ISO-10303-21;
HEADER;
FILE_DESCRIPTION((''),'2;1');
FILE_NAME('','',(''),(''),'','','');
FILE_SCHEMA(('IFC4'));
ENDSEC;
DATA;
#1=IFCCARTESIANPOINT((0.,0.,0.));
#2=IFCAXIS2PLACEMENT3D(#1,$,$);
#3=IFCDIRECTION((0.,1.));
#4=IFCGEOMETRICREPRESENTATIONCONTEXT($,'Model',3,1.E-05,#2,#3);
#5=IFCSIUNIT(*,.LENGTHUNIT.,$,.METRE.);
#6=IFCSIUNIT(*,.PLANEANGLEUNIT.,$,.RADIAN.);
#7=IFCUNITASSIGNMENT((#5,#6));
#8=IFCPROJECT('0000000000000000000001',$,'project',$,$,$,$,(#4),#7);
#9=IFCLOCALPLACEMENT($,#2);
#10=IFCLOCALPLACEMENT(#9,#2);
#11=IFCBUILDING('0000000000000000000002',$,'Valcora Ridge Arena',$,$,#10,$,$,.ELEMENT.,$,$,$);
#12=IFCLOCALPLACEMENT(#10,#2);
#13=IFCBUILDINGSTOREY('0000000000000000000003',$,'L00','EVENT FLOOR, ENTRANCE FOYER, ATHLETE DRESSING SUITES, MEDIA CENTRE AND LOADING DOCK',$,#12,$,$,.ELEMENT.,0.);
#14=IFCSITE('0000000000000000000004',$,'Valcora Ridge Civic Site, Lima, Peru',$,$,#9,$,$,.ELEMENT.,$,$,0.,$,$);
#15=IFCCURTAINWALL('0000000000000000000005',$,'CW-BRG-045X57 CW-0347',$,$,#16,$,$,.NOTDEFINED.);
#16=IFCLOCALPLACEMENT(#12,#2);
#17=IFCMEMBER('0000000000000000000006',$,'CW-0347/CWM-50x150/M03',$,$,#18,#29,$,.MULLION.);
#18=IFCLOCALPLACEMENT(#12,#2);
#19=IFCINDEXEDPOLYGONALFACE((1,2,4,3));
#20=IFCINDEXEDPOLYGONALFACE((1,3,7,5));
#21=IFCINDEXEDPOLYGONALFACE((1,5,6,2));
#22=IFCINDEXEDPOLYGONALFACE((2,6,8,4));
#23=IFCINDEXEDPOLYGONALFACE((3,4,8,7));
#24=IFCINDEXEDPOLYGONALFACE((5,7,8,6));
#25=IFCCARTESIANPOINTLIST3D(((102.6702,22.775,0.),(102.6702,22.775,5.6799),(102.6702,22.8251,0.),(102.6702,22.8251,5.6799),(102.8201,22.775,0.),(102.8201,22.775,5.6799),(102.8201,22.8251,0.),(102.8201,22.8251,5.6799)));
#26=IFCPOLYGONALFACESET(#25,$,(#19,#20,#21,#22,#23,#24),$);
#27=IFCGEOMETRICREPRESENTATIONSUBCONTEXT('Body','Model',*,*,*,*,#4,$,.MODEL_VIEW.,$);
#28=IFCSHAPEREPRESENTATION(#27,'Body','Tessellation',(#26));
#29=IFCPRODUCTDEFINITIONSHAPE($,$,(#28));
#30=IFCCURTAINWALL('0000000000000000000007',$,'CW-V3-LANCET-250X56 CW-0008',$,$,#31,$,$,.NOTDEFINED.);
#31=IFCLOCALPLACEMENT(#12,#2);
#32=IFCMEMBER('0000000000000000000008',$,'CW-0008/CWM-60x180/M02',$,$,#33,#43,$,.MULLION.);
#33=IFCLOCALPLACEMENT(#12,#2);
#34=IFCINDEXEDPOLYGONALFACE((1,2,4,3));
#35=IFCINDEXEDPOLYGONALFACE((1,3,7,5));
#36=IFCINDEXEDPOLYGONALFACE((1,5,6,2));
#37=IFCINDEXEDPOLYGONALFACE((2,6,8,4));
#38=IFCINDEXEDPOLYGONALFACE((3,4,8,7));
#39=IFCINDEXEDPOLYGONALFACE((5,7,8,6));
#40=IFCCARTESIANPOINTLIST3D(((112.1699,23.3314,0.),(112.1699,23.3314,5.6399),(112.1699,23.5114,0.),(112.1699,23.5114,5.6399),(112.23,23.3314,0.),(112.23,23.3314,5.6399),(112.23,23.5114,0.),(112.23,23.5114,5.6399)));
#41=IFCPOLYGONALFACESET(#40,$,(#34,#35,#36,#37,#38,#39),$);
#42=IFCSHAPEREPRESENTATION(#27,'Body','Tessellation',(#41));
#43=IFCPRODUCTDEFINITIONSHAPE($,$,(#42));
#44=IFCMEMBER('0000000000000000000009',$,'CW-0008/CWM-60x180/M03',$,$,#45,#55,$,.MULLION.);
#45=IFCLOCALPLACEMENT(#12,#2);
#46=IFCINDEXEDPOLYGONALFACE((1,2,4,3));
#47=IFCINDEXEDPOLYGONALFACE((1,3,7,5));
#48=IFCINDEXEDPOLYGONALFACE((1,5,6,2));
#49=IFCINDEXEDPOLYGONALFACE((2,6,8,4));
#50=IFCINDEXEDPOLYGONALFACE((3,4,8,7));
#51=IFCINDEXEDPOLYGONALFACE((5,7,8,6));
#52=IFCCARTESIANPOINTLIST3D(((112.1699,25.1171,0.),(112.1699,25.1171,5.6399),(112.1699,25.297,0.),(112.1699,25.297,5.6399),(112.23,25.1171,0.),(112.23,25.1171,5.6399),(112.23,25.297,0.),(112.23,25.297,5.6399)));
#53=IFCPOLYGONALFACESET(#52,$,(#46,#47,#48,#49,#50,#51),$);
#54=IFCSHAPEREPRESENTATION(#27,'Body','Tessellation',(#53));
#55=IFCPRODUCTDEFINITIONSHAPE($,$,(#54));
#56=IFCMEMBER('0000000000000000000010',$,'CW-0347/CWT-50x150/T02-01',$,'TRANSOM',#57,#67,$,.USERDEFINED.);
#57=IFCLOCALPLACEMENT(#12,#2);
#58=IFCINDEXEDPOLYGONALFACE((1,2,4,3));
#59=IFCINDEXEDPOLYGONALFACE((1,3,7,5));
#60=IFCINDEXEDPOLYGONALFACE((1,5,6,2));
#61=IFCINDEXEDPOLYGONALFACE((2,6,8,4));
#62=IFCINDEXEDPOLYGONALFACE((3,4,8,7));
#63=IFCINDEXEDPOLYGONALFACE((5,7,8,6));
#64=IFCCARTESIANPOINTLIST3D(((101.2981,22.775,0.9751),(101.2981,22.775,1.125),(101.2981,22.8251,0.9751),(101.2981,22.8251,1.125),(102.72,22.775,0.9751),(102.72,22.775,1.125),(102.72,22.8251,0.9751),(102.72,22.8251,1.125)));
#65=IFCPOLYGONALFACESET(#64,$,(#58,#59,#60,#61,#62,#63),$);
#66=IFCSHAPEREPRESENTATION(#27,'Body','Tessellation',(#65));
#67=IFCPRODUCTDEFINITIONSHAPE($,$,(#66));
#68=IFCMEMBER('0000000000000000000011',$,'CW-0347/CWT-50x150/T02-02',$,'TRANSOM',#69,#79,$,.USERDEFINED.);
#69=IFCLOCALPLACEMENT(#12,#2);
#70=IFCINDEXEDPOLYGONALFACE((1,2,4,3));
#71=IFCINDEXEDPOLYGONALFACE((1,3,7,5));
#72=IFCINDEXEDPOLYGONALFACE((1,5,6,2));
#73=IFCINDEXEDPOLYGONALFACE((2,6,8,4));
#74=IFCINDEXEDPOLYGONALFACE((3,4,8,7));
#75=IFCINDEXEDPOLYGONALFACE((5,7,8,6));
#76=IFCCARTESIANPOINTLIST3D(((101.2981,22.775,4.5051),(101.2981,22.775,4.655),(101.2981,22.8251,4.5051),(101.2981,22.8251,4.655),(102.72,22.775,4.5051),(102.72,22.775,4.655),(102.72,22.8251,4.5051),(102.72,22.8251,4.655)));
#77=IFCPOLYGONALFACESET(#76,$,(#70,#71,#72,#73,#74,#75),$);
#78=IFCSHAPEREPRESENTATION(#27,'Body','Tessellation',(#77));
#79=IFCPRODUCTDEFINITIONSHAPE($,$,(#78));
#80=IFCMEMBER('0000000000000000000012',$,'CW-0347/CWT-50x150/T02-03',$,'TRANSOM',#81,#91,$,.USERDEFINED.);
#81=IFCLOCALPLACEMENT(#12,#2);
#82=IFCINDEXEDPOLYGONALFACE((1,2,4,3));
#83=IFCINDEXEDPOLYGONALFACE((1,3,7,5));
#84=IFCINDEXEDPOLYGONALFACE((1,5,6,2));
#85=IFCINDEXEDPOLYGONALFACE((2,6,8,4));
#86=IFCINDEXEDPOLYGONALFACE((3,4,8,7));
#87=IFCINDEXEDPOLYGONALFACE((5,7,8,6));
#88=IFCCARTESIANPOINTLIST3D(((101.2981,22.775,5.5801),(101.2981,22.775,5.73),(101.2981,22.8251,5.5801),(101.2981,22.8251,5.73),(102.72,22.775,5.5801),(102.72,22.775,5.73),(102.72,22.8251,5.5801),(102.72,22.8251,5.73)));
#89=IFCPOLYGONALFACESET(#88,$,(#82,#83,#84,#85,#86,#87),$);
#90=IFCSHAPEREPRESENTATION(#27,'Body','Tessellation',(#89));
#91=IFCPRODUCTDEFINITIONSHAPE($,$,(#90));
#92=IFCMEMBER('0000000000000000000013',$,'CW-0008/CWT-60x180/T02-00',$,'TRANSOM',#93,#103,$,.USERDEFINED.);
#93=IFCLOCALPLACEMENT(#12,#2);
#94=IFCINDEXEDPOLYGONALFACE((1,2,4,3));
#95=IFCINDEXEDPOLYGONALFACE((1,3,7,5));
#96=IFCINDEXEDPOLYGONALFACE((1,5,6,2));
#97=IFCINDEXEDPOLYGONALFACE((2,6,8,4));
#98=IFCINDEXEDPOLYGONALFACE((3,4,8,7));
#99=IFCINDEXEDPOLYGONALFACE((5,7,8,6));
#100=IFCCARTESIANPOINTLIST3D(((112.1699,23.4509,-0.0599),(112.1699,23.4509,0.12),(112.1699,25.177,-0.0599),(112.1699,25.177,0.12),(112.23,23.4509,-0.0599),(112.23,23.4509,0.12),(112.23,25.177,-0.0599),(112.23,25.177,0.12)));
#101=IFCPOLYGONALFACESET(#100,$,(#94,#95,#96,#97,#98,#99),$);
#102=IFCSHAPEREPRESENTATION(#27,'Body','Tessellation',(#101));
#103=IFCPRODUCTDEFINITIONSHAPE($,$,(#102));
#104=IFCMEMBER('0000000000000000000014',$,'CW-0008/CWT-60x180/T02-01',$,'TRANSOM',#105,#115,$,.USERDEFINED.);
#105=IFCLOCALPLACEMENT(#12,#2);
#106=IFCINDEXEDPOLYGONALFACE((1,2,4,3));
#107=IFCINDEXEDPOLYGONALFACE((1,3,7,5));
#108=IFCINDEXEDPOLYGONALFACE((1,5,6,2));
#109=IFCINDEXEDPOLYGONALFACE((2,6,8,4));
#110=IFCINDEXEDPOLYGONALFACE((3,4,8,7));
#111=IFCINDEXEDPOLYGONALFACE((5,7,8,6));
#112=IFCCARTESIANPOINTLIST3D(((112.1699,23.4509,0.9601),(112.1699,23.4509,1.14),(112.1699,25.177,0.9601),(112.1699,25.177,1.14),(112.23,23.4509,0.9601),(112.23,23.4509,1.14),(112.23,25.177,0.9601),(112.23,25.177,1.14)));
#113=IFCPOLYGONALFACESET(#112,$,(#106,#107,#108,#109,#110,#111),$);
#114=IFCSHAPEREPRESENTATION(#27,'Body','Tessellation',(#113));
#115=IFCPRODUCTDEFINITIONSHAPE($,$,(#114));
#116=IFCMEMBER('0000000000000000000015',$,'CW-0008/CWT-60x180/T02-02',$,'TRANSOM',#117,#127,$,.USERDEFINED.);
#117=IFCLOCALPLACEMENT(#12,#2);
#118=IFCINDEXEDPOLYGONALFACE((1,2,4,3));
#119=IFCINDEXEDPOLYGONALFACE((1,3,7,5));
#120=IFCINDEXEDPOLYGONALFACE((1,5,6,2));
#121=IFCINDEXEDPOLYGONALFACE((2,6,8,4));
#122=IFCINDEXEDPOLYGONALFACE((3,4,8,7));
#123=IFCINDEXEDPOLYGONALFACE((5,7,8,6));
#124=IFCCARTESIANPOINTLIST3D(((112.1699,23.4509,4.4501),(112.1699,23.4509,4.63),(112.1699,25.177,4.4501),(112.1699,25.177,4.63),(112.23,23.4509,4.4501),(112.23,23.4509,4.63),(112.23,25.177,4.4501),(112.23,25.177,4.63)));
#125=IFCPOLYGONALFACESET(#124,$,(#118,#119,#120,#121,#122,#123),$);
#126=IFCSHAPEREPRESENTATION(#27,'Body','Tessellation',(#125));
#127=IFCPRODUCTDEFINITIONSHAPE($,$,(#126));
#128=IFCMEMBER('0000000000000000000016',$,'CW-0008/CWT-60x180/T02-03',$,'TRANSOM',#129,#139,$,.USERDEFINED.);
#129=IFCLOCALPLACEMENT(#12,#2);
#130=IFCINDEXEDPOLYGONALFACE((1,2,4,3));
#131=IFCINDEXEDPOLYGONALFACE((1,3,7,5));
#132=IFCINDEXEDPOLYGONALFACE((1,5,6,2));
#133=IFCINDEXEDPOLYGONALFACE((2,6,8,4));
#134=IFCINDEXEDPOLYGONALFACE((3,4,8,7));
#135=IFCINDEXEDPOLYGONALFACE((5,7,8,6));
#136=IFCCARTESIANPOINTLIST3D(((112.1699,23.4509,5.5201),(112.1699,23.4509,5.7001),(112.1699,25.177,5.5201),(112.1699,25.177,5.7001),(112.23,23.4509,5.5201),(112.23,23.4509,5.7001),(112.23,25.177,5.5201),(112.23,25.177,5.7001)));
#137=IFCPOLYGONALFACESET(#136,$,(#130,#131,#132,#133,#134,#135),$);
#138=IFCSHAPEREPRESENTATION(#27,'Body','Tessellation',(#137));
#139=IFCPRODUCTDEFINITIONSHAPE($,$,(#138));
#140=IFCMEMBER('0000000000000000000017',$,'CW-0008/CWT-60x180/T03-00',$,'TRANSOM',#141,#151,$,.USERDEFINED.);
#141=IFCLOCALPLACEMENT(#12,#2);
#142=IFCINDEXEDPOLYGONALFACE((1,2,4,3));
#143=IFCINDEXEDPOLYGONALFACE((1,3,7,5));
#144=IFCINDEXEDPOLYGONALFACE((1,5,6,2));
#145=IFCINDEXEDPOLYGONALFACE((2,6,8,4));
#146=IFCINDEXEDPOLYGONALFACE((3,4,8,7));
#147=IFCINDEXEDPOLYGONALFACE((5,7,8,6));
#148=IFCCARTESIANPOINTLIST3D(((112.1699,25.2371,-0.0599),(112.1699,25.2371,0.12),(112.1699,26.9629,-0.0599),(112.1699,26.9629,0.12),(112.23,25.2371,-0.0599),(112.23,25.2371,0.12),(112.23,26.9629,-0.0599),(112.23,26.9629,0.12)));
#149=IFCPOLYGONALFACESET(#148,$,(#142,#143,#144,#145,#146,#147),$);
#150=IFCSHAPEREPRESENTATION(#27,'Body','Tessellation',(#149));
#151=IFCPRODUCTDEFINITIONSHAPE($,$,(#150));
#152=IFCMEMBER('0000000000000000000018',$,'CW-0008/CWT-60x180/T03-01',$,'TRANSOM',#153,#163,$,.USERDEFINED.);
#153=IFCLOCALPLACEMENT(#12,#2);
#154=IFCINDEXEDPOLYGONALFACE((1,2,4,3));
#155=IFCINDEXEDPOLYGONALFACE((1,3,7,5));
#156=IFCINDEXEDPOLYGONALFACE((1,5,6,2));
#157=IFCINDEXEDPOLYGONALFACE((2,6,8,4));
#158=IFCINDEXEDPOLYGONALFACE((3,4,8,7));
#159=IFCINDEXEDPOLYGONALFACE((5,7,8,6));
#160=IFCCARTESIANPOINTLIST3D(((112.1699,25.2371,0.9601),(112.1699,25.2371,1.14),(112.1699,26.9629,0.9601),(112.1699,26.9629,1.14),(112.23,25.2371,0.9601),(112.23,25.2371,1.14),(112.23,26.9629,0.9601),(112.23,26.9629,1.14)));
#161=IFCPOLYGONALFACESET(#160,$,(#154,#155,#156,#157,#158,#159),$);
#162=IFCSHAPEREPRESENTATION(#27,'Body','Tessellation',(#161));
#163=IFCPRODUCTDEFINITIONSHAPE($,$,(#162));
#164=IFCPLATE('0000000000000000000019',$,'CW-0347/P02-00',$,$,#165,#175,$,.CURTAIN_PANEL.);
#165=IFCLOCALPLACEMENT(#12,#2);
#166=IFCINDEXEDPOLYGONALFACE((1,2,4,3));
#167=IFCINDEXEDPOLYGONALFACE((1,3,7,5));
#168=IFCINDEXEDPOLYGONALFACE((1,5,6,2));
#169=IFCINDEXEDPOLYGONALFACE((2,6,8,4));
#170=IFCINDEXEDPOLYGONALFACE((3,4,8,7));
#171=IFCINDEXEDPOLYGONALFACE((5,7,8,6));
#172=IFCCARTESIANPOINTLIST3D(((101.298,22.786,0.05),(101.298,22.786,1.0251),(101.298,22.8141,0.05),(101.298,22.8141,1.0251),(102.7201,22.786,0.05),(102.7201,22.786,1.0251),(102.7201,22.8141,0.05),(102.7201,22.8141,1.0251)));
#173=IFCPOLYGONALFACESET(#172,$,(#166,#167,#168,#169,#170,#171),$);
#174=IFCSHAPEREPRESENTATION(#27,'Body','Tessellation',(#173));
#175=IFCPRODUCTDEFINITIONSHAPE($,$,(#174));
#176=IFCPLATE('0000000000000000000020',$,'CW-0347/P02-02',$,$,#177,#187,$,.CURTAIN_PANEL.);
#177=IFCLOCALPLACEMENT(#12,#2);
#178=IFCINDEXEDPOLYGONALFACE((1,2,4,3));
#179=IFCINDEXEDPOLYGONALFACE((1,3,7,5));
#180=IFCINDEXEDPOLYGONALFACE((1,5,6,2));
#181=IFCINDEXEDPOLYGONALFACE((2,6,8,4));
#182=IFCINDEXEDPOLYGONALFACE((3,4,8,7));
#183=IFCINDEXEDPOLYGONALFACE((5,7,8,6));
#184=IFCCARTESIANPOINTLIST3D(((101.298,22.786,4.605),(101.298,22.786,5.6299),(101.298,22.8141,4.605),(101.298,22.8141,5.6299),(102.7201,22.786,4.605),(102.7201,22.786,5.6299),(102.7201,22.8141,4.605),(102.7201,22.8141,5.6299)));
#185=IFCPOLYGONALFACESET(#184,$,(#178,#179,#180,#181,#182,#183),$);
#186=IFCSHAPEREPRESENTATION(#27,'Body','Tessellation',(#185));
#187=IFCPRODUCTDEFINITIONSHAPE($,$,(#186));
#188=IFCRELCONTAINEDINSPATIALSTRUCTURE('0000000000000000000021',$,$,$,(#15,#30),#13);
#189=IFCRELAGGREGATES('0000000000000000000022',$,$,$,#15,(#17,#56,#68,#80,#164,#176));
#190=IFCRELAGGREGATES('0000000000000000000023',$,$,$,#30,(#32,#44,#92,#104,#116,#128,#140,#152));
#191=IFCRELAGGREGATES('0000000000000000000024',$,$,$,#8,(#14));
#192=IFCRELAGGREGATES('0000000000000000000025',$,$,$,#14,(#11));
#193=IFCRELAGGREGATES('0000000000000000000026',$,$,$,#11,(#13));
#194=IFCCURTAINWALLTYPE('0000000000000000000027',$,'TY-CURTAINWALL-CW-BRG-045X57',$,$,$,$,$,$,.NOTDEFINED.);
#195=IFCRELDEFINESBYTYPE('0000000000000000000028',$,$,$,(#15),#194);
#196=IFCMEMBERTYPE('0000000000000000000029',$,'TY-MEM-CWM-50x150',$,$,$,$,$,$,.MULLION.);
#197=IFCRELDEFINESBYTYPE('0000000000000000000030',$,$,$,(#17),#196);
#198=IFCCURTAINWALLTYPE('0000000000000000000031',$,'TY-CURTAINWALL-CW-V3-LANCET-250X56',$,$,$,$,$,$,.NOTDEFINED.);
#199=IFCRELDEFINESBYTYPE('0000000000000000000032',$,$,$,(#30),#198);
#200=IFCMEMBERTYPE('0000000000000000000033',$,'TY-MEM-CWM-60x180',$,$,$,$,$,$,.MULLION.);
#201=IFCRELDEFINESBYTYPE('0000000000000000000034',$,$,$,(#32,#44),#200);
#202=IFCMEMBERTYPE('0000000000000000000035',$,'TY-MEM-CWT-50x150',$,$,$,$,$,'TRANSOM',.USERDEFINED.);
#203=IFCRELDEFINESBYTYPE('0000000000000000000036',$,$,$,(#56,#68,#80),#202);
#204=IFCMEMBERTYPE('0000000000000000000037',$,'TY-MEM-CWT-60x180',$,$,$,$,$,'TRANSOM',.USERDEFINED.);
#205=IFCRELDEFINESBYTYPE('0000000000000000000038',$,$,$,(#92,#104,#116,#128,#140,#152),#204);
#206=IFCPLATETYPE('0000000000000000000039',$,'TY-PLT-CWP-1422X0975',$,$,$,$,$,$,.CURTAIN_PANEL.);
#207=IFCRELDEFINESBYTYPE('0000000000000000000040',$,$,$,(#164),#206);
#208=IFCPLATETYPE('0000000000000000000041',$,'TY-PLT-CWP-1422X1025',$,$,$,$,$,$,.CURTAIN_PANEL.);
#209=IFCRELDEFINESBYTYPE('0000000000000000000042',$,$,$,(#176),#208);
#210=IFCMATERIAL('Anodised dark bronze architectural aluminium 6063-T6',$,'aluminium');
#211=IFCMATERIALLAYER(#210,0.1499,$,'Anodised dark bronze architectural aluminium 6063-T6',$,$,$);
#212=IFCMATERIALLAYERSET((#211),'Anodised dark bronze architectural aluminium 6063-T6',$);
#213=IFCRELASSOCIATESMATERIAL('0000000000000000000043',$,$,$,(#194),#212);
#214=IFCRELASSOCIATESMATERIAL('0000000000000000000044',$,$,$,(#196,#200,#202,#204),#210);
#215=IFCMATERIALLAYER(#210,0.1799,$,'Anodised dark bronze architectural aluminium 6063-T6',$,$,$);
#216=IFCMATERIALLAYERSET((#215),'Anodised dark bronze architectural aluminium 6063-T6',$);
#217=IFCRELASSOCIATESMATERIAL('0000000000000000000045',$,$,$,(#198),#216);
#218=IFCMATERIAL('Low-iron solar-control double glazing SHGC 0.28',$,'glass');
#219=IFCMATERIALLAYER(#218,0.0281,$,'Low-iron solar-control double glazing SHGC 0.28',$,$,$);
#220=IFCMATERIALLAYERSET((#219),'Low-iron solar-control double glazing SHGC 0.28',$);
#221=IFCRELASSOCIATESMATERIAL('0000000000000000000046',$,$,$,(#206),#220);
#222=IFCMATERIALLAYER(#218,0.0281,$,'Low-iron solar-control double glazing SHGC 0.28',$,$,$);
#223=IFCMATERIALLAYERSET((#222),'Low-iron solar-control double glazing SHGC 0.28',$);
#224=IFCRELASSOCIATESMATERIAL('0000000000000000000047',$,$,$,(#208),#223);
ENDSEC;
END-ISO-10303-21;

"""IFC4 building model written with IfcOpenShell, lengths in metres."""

from ifc_helpers import new_model, si_unit, direction, frame, origin, origin_2d, place, context, subcontext, project, spatial, rectangle, extrude, material, layer, layer_set, material_profile, profile_set, type_object, element, aggregate, save


model = new_model("IFC4")

# Units and contexts
model_context = context("Model", 3, precision=1e-05, world=origin(), true_north=direction((0.0, 1.0)))
body_context = subcontext(model_context, "Body", "Model", "MODEL_VIEW")
ifc_project = project(units=[si_unit("LENGTHUNIT", "METRE"), si_unit("PLANEANGLEUNIT", "RADIAN")], contexts=[model_context])

# Site, building, storey
site_placement = place(None, origin())
site = spatial("IfcSite", under=ifc_project, at=site_placement, Name="Valcora Ridge Civic Site, Lima, Peru", CompositionType="ELEMENT", RefElevation=0.0)
building_placement = place(site_placement, origin())
building = spatial("IfcBuilding", under=site, at=building_placement, Name="Valcora Ridge Arena", CompositionType="ELEMENT")
storey_placement = place(building_placement, origin())
storey = spatial("IfcBuildingStorey", under=building, at=storey_placement, Name="L00", Description="EVENT FLOOR, ENTRANCE FOYER, ATHLETE DRESSING SUITES, MEDIA CENTRE AND LOADING DOCK", CompositionType="ELEMENT", Elevation=0.0)

# Curtain wall, member
ifc_material_1 = material(Name="Anodised dark bronze architectural aluminium 6063-T6", Category="aluminium")
ifc_layer_1 = layer(ifc_material_1, 0.1499, Name="Anodised dark bronze architectural aluminium 6063-T6")
ifc_layer_set_1 = layer_set([ifc_layer_1], Name="Anodised dark bronze architectural aluminium 6063-T6")
curtain_wall_type_1 = type_object("IfcCurtainWallType", Name="TY-CURTAINWALL-CW-BRG-045X57", PredefinedType="NOTDEFINED", material=ifc_layer_set_1)
curtain_wall_1_placement = place(storey_placement, origin())
curtain_wall_1 = element("IfcCurtainWall", 1, at=curtain_wall_1_placement, inside=storey, type_object=curtain_wall_type_1, Name="CW-BRG-045X57 CW-0347", PredefinedType="NOTDEFINED")
ifc_material_profile_1 = material_profile(ifc_material_1, rectangle(XDim=0.05, YDim=0.1499, at=origin_2d()), Name="ALU MULLION 50x150")
ifc_profile_set_1 = profile_set([ifc_material_profile_1], Name="Anodised dark bronze architectural aluminium 6063-T6")
member_type_1 = type_object("IfcMemberType", Name="TY-MEM-CWM-50x150", PredefinedType="MULLION", material=ifc_profile_set_1)
member_1_placement = place(storey_placement, frame((102.7451, 22.8, 0.0), z_axis=(0.0, 0.0, 1.0), x_axis=(0.0, 1.0, 0.0)))
member_1 = element("IfcMember", 2, at=member_1_placement, type_object=member_type_1, Name="CW-0347/CWM-50x150/M03", PredefinedType="MULLION", context=body_context, shape_type="SweptSolid", body=[
    extrude(rectangle(XDim=0.05, YDim=0.1499, at=origin_2d()), origin(), (0.0, 0.0, 1.0), 5.6799),
])

# Curtain wall, members
ifc_layer_2 = layer(ifc_material_1, 0.1799, Name="Anodised dark bronze architectural aluminium 6063-T6")
ifc_layer_set_2 = layer_set([ifc_layer_2], Name="Anodised dark bronze architectural aluminium 6063-T6")
curtain_wall_type_2 = type_object("IfcCurtainWallType", Name="TY-CURTAINWALL-CW-V3-LANCET-250X56", PredefinedType="NOTDEFINED", material=ifc_layer_set_2)
curtain_wall_2_placement = place(storey_placement, origin())
curtain_wall_2 = element("IfcCurtainWall", 3, at=curtain_wall_2_placement, inside=storey, type_object=curtain_wall_type_2, Name="CW-V3-LANCET-250X56 CW-0008", PredefinedType="NOTDEFINED")
ifc_material_profile_2 = material_profile(ifc_material_1, rectangle(XDim=0.0601, YDim=0.1799, at=origin_2d()), Name="ALU MULLION 60x180")
ifc_profile_set_2 = profile_set([ifc_material_profile_2], Name="Anodised dark bronze architectural aluminium 6063-T6")
member_type_2 = type_object("IfcMemberType", Name="TY-MEM-CWM-60x180", PredefinedType="MULLION", material=ifc_profile_set_2)
member_2_placement = place(storey_placement, frame((112.2, 23.4214, 0.0), z_axis=(0.0, 0.0, 1.0), x_axis=(-1.0, 0.0, 0.0)))
member_2 = element("IfcMember", 4, at=member_2_placement, type_object=member_type_2, Name="CW-0008/CWM-60x180/M02", PredefinedType="MULLION", context=body_context, shape_type="SweptSolid", body=[
    extrude(rectangle(XDim=0.0601, YDim=0.1799, at=origin_2d()), origin(), (0.0, 0.0, 1.0), 5.6399),
])
member_3_placement = place(storey_placement, frame((112.2, 25.207, 0.0), z_axis=(0.0, 0.0, 1.0), x_axis=(-1.0, 0.0, 0.0)))
member_3 = element("IfcMember", 5, at=member_3_placement, type_object=member_type_2, Name="CW-0008/CWM-60x180/M03", PredefinedType="MULLION", context=body_context, shape_type="SweptSolid", body=[
    extrude(rectangle(XDim=0.0601, YDim=0.1799, at=origin_2d()), origin(), (0.0, 0.0, 1.0), 5.6399),
])

# Members
ifc_material_profile_3 = material_profile(ifc_material_1, rectangle(XDim=0.05, YDim=0.1499, at=origin_2d()), Name="ALU TRANSOM 50x150")
ifc_profile_set_3 = profile_set([ifc_material_profile_3], Name="Anodised dark bronze architectural aluminium 6063-T6")
member_type_3 = type_object("IfcMemberType", Name="TY-MEM-CWT-50x150", ElementType="TRANSOM", PredefinedType="USERDEFINED", material=ifc_profile_set_3)
member_4_placement = place(storey_placement, frame((101.2981, 22.8, 1.05), z_axis=(1.0, 0.0, 0.0), x_axis=(0.0, 1.0, 0.0)))
member_4 = element("IfcMember", 6, at=member_4_placement, type_object=member_type_3, Name="CW-0347/CWT-50x150/T02-01", ObjectType="TRANSOM", PredefinedType="USERDEFINED", context=body_context, shape_type="SweptSolid", body=[
    extrude(rectangle(XDim=0.05, YDim=0.1499, at=origin_2d()), origin(), (0.0, 0.0, 1.0), 1.4219),
])
member_5_placement = place(storey_placement, frame((101.2981, 22.8, 4.5801), z_axis=(1.0, 0.0, 0.0), x_axis=(0.0, 1.0, 0.0)))
member_5 = element("IfcMember", 7, at=member_5_placement, type_object=member_type_3, Name="CW-0347/CWT-50x150/T02-02", ObjectType="TRANSOM", PredefinedType="USERDEFINED", context=body_context, shape_type="SweptSolid", body=[
    extrude(rectangle(XDim=0.05, YDim=0.1499, at=origin_2d()), origin(), (0.0, 0.0, 1.0), 1.4219),
])
member_6_placement = place(storey_placement, frame((101.2981, 22.8, 5.655), z_axis=(1.0, 0.0, 0.0), x_axis=(0.0, 1.0, 0.0)))
member_6 = element("IfcMember", 8, at=member_6_placement, type_object=member_type_3, Name="CW-0347/CWT-50x150/T02-03", ObjectType="TRANSOM", PredefinedType="USERDEFINED", context=body_context, shape_type="SweptSolid", body=[
    extrude(rectangle(XDim=0.05, YDim=0.1499, at=origin_2d()), origin(), (0.0, 0.0, 1.0), 1.4219),
])
ifc_material_profile_4 = material_profile(ifc_material_1, rectangle(XDim=0.0601, YDim=0.1799, at=origin_2d()), Name="ALU TRANSOM 60x180")
ifc_profile_set_4 = profile_set([ifc_material_profile_4], Name="Anodised dark bronze architectural aluminium 6063-T6")
member_type_4 = type_object("IfcMemberType", Name="TY-MEM-CWT-60x180", ElementType="TRANSOM", PredefinedType="USERDEFINED", material=ifc_profile_set_4)
member_7_placement = place(storey_placement, frame((112.2, 23.4509, 0.03), z_axis=(0.0, 1.0, 0.0), x_axis=(-1.0, 0.0, 0.0)))
member_7 = element("IfcMember", 9, at=member_7_placement, type_object=member_type_4, Name="CW-0008/CWT-60x180/T02-00", ObjectType="TRANSOM", PredefinedType="USERDEFINED", context=body_context, shape_type="SweptSolid", body=[
    extrude(rectangle(XDim=0.0601, YDim=0.1799, at=origin_2d()), origin(), (0.0, 0.0, 1.0), 1.7261),
])
member_8_placement = place(storey_placement, frame((112.2, 23.4509, 1.05), z_axis=(0.0, 1.0, 0.0), x_axis=(-1.0, 0.0, 0.0)))
member_8 = element("IfcMember", 10, at=member_8_placement, type_object=member_type_4, Name="CW-0008/CWT-60x180/T02-01", ObjectType="TRANSOM", PredefinedType="USERDEFINED", context=body_context, shape_type="SweptSolid", body=[
    extrude(rectangle(XDim=0.0601, YDim=0.1799, at=origin_2d()), origin(), (0.0, 0.0, 1.0), 1.7261),
])
member_9_placement = place(storey_placement, frame((112.2, 23.4509, 4.54), z_axis=(0.0, 1.0, 0.0), x_axis=(-1.0, 0.0, 0.0)))
member_9 = element("IfcMember", 11, at=member_9_placement, type_object=member_type_4, Name="CW-0008/CWT-60x180/T02-02", ObjectType="TRANSOM", PredefinedType="USERDEFINED", context=body_context, shape_type="SweptSolid", body=[
    extrude(rectangle(XDim=0.0601, YDim=0.1799, at=origin_2d()), origin(), (0.0, 0.0, 1.0), 1.7261),
])
member_10_placement = place(storey_placement, frame((112.2, 23.4509, 5.6101), z_axis=(0.0, 1.0, 0.0), x_axis=(-1.0, 0.0, 0.0)))
member_10 = element("IfcMember", 12, at=member_10_placement, type_object=member_type_4, Name="CW-0008/CWT-60x180/T02-03", ObjectType="TRANSOM", PredefinedType="USERDEFINED", context=body_context, shape_type="SweptSolid", body=[
    extrude(rectangle(XDim=0.0601, YDim=0.1799, at=origin_2d()), origin(), (0.0, 0.0, 1.0), 1.7261),
])
member_11_placement = place(storey_placement, frame((112.2, 25.2371, 0.03), z_axis=(0.0, 1.0, 0.0), x_axis=(-1.0, 0.0, 0.0)))
member_11 = element("IfcMember", 13, at=member_11_placement, type_object=member_type_4, Name="CW-0008/CWT-60x180/T03-00", ObjectType="TRANSOM", PredefinedType="USERDEFINED", context=body_context, shape_type="SweptSolid", body=[
    extrude(rectangle(XDim=0.0601, YDim=0.1799, at=origin_2d()), origin(), (0.0, 0.0, 1.0), 1.7258),
])
member_12_placement = place(storey_placement, frame((112.2, 25.2371, 1.05), z_axis=(0.0, 1.0, 0.0), x_axis=(-1.0, 0.0, 0.0)))
member_12 = element("IfcMember", 14, at=member_12_placement, type_object=member_type_4, Name="CW-0008/CWT-60x180/T03-01", ObjectType="TRANSOM", PredefinedType="USERDEFINED", context=body_context, shape_type="SweptSolid", body=[
    extrude(rectangle(XDim=0.0601, YDim=0.1799, at=origin_2d()), origin(), (0.0, 0.0, 1.0), 1.7258),
])

# Plates
ifc_material_2 = material(Name="Low-iron solar-control double glazing SHGC 0.28", Category="glass")
ifc_layer_3 = layer(ifc_material_2, 0.0281, Name="Low-iron solar-control double glazing SHGC 0.28")
ifc_layer_set_3 = layer_set([ifc_layer_3], Name="Low-iron solar-control double glazing SHGC 0.28")
plate_type_1 = type_object("IfcPlateType", Name="TY-PLT-CWP-1422X0975", PredefinedType="CURTAIN_PANEL", material=ifc_layer_set_3)
plate_1_placement = place(storey_placement, frame((102.009, 22.8, 0.05), z_axis=(0.0, 0.0, 1.0), x_axis=(1.0, 0.0, 0.0)))
plate_1 = element("IfcPlate", 15, at=plate_1_placement, type_object=plate_type_1, Name="CW-0347/P02-00", PredefinedType="CURTAIN_PANEL", context=body_context, shape_type="SweptSolid", body=[
    extrude(rectangle(XDim=1.4221, YDim=0.0281, at=origin_2d()), origin(), (0.0, 0.0, 1.0), 0.9751),
])
ifc_layer_4 = layer(ifc_material_2, 0.0281, Name="Low-iron solar-control double glazing SHGC 0.28")
ifc_layer_set_4 = layer_set([ifc_layer_4], Name="Low-iron solar-control double glazing SHGC 0.28")
plate_type_2 = type_object("IfcPlateType", Name="TY-PLT-CWP-1422X1025", PredefinedType="CURTAIN_PANEL", material=ifc_layer_set_4)
plate_2_placement = place(storey_placement, frame((102.009, 22.8, 4.605), z_axis=(0.0, 0.0, 1.0), x_axis=(1.0, 0.0, 0.0)))
plate_2 = element("IfcPlate", 16, at=plate_2_placement, type_object=plate_type_2, Name="CW-0347/P02-02", PredefinedType="CURTAIN_PANEL", context=body_context, shape_type="SweptSolid", body=[
    extrude(rectangle(XDim=1.4221, YDim=0.0281, at=origin_2d()), origin(), (0.0, 0.0, 1.0), 1.0249),
])
aggregate(curtain_wall_1, [member_1, member_4, member_5, member_6, plate_1, plate_2])
aggregate(curtain_wall_2, [member_2, member_3, member_7, member_8, member_9, member_10, member_11, member_12])

save(model, "model.ifc")
